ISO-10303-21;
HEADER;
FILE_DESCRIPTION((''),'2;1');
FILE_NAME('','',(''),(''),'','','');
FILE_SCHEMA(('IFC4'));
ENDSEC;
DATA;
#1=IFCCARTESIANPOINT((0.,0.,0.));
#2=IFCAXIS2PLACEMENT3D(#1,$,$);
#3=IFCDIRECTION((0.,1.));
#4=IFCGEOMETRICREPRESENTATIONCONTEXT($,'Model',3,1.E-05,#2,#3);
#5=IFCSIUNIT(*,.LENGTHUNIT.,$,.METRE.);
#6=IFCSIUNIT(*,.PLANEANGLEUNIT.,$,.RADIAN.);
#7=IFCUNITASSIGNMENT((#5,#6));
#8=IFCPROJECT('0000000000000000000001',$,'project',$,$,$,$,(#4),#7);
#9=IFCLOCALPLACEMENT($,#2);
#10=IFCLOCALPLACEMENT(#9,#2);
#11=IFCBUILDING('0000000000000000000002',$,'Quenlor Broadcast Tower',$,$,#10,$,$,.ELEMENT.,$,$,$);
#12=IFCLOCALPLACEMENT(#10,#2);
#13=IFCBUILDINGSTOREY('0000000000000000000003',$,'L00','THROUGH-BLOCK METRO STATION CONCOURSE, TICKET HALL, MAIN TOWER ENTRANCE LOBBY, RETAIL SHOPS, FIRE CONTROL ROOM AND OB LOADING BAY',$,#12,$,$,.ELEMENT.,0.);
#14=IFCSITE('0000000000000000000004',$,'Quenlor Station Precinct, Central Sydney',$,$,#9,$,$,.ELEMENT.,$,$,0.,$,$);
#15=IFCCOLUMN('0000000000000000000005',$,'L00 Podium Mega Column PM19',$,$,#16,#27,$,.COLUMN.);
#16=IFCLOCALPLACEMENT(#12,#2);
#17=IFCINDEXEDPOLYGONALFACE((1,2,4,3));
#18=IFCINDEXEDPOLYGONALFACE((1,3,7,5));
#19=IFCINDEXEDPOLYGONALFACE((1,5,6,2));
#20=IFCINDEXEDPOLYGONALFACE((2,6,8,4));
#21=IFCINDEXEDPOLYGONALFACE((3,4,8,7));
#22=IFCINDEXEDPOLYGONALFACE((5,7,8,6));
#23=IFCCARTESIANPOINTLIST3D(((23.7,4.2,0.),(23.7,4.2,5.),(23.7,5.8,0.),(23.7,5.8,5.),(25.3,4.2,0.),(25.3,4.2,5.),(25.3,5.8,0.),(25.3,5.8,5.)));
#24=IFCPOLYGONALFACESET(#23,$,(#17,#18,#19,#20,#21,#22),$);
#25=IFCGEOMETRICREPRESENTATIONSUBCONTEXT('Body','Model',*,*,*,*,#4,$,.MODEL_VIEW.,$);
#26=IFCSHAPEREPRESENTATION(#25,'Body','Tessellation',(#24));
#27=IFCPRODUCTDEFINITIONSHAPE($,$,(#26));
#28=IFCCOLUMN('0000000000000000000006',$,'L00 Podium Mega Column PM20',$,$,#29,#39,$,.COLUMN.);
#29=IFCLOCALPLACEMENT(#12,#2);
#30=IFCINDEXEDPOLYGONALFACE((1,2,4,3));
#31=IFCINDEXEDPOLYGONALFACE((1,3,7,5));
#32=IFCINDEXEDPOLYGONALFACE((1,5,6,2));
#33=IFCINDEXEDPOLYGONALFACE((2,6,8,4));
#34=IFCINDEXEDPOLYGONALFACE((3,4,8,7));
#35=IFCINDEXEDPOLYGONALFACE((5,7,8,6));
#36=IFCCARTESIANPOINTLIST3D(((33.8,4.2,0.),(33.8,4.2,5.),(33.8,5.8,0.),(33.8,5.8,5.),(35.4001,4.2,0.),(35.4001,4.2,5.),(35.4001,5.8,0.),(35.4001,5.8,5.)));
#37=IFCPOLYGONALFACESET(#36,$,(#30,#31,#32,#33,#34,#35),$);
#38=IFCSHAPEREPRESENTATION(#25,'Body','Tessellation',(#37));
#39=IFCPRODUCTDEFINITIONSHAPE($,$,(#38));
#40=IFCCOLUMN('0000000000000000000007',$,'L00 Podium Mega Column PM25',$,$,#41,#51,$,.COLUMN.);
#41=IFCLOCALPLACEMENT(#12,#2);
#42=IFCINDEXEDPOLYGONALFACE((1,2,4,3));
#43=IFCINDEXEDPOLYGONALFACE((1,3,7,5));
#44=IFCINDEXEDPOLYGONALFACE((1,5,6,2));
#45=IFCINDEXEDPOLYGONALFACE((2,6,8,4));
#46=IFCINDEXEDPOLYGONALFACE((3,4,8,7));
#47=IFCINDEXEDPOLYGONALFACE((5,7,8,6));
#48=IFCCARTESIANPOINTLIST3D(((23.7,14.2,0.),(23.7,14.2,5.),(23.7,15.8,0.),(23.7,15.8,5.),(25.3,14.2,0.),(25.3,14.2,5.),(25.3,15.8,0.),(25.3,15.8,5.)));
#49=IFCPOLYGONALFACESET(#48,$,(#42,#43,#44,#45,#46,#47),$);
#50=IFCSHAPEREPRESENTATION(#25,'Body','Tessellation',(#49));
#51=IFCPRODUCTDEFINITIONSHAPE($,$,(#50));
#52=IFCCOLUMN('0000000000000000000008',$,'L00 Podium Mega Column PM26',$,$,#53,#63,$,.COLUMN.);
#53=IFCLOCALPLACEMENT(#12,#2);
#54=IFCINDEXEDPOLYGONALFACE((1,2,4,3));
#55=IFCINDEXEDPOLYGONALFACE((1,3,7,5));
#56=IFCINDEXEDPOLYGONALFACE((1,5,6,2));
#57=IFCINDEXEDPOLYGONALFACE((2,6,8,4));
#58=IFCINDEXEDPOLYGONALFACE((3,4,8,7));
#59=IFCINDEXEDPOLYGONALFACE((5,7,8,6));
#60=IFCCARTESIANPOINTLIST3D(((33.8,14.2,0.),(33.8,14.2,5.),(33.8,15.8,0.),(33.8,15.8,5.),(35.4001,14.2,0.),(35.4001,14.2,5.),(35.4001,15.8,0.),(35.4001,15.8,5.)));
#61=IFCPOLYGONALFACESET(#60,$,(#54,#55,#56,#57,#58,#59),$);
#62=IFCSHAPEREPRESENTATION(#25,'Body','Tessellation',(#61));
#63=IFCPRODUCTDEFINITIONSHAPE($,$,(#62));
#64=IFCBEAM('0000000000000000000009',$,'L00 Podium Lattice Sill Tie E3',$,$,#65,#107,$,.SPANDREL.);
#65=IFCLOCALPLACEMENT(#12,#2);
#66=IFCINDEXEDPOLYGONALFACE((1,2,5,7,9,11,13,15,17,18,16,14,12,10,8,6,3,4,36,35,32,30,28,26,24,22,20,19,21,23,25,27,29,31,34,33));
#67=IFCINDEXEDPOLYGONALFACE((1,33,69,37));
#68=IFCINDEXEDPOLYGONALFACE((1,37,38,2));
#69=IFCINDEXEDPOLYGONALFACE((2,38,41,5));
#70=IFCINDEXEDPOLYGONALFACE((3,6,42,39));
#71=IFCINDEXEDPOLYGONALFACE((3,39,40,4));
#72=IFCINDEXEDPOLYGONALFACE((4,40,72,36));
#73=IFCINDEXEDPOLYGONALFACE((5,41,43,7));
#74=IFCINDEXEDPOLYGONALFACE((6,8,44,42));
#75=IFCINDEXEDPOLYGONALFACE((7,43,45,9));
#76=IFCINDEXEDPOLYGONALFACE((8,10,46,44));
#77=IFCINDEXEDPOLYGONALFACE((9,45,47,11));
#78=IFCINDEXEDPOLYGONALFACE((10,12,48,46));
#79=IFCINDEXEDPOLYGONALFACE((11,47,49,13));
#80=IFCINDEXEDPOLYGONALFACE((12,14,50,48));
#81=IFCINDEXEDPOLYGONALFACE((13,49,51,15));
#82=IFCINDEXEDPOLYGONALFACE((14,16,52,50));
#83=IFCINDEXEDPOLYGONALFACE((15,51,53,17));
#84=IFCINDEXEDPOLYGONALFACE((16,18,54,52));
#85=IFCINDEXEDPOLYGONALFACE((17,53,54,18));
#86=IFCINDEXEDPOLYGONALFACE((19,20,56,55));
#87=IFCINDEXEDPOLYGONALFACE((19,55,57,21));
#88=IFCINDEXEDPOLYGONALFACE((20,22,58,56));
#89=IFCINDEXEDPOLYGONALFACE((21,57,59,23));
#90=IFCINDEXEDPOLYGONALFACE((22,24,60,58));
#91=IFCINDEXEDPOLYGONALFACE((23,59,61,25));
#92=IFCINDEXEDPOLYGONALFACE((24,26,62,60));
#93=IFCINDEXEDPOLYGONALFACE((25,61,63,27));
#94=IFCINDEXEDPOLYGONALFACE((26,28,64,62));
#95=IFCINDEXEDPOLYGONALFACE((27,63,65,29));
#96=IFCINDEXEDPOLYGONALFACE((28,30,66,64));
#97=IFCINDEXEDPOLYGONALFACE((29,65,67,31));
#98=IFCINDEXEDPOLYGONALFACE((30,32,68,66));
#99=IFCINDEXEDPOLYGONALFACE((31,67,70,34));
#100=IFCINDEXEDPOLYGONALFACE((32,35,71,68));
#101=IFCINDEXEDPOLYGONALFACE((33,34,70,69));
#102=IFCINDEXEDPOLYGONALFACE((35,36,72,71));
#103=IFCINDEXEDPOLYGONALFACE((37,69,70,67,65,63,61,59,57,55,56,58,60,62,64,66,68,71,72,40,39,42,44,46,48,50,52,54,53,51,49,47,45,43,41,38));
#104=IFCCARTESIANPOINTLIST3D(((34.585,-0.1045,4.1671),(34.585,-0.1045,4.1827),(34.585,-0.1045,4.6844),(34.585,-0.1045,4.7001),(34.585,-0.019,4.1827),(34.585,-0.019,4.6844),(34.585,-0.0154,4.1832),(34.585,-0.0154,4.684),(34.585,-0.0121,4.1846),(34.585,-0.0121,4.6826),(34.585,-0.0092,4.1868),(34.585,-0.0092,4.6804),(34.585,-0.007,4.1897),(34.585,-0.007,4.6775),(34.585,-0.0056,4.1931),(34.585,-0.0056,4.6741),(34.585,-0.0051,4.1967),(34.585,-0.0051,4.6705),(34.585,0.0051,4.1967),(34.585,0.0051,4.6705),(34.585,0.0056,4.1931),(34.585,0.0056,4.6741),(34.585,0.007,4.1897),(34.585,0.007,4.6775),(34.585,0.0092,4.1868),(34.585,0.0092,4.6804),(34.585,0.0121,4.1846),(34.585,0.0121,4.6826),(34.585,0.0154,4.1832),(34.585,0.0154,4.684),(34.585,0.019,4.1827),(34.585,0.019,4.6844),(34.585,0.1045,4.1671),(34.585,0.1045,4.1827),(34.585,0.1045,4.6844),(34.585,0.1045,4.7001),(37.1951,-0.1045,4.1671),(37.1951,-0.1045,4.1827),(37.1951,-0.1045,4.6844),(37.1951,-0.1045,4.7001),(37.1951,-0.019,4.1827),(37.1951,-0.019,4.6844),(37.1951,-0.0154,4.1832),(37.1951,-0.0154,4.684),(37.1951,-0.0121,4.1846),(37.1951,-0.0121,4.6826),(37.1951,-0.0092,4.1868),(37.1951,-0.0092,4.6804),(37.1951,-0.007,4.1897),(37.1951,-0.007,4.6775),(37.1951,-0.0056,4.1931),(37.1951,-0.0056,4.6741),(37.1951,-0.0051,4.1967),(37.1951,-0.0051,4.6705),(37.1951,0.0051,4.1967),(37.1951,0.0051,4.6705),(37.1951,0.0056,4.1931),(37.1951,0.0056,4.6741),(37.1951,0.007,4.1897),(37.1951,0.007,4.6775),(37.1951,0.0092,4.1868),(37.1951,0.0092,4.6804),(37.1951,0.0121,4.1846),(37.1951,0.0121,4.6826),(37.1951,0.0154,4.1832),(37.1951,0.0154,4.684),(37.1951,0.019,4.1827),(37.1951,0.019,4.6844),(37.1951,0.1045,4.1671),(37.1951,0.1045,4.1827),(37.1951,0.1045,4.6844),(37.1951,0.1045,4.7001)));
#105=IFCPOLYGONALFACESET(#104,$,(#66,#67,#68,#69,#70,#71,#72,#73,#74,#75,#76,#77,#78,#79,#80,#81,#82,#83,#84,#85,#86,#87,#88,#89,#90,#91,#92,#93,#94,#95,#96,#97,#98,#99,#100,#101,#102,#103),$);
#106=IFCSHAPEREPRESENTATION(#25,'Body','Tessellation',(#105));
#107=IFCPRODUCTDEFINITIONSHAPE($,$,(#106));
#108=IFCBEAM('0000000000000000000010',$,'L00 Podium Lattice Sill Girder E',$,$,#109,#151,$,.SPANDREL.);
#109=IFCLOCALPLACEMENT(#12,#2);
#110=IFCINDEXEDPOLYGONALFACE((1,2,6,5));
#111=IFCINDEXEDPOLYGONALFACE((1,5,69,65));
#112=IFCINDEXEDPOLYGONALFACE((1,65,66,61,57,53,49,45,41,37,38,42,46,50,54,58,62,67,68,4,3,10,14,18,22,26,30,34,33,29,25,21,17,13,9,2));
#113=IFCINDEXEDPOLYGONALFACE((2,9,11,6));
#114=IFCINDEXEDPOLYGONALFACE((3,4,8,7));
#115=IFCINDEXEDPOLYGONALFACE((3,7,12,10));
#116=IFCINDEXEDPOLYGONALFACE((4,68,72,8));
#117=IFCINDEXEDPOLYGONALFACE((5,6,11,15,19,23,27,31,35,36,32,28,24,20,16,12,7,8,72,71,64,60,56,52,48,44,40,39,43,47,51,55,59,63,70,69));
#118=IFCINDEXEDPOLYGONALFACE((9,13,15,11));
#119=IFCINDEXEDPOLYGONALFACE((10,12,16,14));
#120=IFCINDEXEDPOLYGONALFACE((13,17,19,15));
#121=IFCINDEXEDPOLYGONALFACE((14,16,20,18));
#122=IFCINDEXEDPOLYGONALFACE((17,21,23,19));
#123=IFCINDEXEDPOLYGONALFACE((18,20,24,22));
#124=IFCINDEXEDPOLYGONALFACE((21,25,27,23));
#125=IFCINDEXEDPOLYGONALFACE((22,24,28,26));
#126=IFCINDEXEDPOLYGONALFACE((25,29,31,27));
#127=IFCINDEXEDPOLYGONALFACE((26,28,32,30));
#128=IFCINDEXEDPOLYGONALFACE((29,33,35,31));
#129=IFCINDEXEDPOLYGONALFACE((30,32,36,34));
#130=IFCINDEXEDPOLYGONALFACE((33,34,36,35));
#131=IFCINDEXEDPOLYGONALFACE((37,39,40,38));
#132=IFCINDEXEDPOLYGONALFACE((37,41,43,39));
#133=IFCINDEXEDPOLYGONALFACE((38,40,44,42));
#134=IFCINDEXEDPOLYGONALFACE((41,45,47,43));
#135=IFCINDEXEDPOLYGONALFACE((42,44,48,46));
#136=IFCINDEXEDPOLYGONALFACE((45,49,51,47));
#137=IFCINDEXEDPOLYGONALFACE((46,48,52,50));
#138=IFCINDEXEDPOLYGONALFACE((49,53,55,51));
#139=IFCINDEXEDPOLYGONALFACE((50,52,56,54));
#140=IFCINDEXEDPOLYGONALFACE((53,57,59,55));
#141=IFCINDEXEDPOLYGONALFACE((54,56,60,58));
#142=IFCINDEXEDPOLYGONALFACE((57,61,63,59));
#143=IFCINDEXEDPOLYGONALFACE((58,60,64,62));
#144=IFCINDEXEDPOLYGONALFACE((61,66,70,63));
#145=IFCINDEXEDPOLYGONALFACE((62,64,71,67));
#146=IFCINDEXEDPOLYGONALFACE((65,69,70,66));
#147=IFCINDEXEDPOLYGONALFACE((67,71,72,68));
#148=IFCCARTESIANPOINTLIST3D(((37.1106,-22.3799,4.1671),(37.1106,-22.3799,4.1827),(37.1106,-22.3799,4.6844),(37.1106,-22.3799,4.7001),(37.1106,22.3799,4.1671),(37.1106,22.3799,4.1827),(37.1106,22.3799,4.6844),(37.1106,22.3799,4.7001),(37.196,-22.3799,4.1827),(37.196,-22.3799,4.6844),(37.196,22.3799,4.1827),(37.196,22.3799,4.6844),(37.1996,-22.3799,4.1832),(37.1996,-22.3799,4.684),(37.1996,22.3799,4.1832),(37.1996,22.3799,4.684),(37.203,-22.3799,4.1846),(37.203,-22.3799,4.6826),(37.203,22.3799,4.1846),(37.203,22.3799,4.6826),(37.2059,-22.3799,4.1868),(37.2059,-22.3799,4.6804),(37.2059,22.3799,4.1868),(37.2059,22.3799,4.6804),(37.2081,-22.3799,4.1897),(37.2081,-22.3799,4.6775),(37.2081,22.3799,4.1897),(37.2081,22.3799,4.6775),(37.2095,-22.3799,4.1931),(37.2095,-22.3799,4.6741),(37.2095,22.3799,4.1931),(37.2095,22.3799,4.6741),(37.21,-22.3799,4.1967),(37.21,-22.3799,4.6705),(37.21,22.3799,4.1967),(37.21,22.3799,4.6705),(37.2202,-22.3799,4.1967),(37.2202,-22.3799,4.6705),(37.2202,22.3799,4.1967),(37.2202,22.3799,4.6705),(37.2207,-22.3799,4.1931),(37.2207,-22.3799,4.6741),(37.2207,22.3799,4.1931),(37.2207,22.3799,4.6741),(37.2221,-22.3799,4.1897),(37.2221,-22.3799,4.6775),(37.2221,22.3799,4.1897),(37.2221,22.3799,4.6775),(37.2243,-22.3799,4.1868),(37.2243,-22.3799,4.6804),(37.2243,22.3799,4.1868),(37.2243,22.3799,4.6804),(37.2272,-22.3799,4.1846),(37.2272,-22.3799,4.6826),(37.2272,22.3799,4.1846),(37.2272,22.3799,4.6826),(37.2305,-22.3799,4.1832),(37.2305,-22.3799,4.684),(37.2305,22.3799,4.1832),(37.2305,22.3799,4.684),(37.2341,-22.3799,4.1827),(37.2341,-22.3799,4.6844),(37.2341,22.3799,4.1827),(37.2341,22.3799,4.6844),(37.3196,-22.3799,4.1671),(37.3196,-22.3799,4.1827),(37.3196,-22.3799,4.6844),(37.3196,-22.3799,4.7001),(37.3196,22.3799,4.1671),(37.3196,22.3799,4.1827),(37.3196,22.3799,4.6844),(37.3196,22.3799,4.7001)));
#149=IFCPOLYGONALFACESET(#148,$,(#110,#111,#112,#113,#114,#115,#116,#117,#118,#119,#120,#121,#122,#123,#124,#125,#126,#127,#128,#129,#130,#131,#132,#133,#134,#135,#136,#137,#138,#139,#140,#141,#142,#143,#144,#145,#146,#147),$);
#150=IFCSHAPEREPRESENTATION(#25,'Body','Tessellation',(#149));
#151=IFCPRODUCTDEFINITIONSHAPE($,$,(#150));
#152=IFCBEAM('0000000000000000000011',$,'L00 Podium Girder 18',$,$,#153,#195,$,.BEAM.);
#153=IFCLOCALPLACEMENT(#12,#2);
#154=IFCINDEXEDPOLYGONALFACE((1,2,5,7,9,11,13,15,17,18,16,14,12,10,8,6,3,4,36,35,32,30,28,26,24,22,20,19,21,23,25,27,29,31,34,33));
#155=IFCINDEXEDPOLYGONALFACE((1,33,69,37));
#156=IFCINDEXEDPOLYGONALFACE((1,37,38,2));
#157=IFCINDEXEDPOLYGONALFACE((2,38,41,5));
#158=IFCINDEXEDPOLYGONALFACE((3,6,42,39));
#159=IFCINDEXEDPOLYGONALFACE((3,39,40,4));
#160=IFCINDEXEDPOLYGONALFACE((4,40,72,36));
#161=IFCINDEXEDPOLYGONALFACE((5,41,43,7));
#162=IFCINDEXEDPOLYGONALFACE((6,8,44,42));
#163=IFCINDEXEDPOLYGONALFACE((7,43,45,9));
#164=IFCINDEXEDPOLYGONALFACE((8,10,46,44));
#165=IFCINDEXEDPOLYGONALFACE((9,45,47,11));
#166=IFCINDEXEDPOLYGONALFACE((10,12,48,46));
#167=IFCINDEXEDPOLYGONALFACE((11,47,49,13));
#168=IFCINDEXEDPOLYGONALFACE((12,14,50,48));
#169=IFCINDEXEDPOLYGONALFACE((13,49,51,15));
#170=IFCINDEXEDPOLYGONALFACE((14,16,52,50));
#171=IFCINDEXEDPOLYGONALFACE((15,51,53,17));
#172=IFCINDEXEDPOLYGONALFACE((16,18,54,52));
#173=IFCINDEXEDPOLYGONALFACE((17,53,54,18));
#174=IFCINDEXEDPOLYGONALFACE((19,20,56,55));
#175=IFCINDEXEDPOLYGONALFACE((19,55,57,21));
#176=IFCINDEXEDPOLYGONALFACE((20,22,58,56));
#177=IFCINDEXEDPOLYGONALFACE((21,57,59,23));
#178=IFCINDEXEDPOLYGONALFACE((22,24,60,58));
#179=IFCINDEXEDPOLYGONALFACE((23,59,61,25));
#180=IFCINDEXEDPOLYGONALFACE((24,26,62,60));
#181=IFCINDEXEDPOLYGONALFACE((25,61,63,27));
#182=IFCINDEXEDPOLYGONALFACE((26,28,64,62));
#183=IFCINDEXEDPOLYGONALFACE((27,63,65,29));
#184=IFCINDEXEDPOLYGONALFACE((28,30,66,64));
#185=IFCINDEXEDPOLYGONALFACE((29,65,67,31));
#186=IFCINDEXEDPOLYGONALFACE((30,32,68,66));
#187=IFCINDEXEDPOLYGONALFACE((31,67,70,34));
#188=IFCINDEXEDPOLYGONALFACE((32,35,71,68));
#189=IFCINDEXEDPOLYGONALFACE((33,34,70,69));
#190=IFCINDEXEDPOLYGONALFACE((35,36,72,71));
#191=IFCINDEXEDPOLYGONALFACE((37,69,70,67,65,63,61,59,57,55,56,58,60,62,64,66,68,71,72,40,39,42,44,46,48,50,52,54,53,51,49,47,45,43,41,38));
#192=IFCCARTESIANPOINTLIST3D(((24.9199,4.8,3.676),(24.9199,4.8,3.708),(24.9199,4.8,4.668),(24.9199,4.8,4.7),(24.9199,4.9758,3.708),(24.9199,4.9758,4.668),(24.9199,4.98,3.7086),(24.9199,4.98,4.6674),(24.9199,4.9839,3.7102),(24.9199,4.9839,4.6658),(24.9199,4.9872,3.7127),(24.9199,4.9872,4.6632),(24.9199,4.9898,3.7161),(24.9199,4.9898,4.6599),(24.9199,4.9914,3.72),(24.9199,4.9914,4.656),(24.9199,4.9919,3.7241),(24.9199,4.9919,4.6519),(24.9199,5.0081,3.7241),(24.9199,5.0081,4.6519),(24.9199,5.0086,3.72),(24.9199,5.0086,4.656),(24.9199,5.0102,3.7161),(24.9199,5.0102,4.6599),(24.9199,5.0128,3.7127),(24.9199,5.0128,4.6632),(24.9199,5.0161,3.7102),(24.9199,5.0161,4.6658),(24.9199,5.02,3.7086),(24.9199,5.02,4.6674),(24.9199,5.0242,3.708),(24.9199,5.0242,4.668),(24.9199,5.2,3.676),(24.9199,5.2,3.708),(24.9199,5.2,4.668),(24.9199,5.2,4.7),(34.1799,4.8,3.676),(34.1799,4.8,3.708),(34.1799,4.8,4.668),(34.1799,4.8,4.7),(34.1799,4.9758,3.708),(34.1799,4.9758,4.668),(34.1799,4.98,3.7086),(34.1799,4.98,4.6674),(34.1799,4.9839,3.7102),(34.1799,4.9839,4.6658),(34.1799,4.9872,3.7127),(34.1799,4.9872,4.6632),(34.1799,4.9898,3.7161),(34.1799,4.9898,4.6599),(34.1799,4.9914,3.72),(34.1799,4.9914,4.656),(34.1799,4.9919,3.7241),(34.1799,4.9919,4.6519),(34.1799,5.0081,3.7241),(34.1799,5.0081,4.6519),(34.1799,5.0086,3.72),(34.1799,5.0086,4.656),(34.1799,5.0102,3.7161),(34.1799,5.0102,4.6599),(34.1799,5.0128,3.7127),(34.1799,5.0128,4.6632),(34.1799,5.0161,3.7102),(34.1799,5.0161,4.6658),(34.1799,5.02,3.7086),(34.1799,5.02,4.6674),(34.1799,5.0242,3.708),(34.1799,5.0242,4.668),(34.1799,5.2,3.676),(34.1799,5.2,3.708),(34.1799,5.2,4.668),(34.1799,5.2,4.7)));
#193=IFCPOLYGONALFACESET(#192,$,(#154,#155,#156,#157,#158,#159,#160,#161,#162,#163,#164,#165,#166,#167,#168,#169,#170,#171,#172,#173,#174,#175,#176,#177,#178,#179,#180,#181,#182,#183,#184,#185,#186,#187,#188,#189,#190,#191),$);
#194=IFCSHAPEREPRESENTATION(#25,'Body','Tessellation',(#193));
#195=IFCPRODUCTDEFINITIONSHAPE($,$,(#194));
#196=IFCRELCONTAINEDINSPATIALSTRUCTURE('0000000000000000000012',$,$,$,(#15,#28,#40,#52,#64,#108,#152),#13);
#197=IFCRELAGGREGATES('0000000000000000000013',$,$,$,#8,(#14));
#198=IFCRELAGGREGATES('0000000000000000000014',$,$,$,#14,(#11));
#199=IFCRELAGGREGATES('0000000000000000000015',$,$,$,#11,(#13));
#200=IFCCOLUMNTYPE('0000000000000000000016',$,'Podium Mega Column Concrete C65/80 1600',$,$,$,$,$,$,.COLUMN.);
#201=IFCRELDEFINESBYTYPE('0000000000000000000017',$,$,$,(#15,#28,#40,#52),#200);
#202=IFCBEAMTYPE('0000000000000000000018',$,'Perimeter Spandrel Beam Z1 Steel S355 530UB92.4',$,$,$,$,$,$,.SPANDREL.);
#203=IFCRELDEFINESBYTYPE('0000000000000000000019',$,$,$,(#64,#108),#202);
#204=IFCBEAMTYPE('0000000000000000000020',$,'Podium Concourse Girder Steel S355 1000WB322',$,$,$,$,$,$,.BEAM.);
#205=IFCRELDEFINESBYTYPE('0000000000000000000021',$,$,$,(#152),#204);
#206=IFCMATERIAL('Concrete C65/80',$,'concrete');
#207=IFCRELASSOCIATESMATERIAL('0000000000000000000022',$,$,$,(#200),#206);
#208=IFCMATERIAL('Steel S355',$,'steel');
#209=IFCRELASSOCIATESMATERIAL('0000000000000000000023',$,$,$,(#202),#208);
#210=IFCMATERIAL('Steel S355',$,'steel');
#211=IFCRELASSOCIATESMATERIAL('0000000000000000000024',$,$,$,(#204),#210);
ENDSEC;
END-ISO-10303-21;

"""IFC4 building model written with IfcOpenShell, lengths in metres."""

from ifc_helpers import new_model, si_unit, direction, frame, origin, origin_2d, place, context, subcontext, project, spatial, rectangle, i_section, extrude, material, material_profile, profile_set, type_object, element, save


model = new_model("IFC4")

# Units and contexts
model_context = context("Model", 3, precision=1e-05, world=origin(), true_north=direction((0.0, 1.0)))
body_context = subcontext(model_context, "Body", "Model", "MODEL_VIEW")
ifc_project = project(units=[si_unit("LENGTHUNIT", "METRE"), si_unit("PLANEANGLEUNIT", "RADIAN")], contexts=[model_context])

# Site, building, storey
site_placement = place(None, origin())
site = spatial("IfcSite", under=ifc_project, at=site_placement, Name="Quenlor Station Precinct, Central Sydney", CompositionType="ELEMENT", RefElevation=0.0)
building_placement = place(site_placement, origin())
building = spatial("IfcBuilding", under=site, at=building_placement, Name="Quenlor Broadcast Tower", CompositionType="ELEMENT")
storey_placement = place(building_placement, origin())
storey = spatial("IfcBuildingStorey", under=building, at=storey_placement, Name="L00", Description="THROUGH-BLOCK METRO STATION CONCOURSE, TICKET HALL, MAIN TOWER ENTRANCE LOBBY, RETAIL SHOPS, FIRE CONTROL ROOM AND OB LOADING BAY", CompositionType="ELEMENT", Elevation=0.0)

# Columns
ifc_material_1 = material(Name="Concrete C65/80", Category="concrete")
ifc_material_profile_1 = material_profile(ifc_material_1, rectangle(XDim=1.6001, YDim=1.6001, at=origin_2d()))
ifc_profile_set_1 = profile_set([ifc_material_profile_1], Name="Concrete C65/80 RC1600x1600")
column_type = type_object("IfcColumnType", Name="Podium Mega Column Concrete C65/80 1600", PredefinedType="COLUMN", material=ifc_profile_set_1)
for number, where, z_axis, x_axis, name in (
    (1, (24.5, 5.0, 0.0), (0.0, 0.0, 1.0), (1.0, 0.0, 0.0), "L00 Podium Mega Column PM19"),
    (2, (34.6001, 5.0, 0.0), (0.0, 0.0, 1.0), (1.0, 0.0, 0.0), "L00 Podium Mega Column PM20"),
    (3, (24.5, 15.0, 0.0), (0.0, 0.0, 1.0), (1.0, 0.0, 0.0), "L00 Podium Mega Column PM25"),
    (4, (34.6001, 15.0, 0.0), (0.0, 0.0, 1.0), (1.0, 0.0, 0.0), "L00 Podium Mega Column PM26"),
):
    element("IfcColumn", number, at=place(storey_placement, frame(where, z_axis=z_axis, x_axis=x_axis)), inside=storey, type_object=column_type, Name=name, PredefinedType="COLUMN", context=body_context, shape_type="SweptSolid", body=[
        extrude(rectangle(XDim=1.6001, YDim=1.6001, at=origin_2d()), origin(), (0.0, 0.0, 1.0), 5.0),
    ])

# Beams
ifc_material_2 = material(Name="Steel S355", Category="steel")
ifc_material_profile_2 = material_profile(ifc_material_2, i_section(OverallWidth=0.209, OverallDepth=0.533, WebThickness=0.0103, FlangeThickness=0.0156, FilletRadius=0.0139, at=origin_2d()))
ifc_profile_set_2 = profile_set([ifc_material_profile_2], Name="Steel S355 530UB92.4")
beam_type_1 = type_object("IfcBeamType", Name="Perimeter Spandrel Beam Z1 Steel S355 530UB92.4", PredefinedType="SPANDREL", material=ifc_profile_set_2)
beam_1_placement = place(storey_placement, frame((34.585, 0.0, 4.4336), z_axis=(1.0, 0.0, 0.0), x_axis=(0.0, 1.0, 0.0)))
element("IfcBeam", 5, at=beam_1_placement, inside=storey, type_object=beam_type_1, Name="L00 Podium Lattice Sill Tie E3", PredefinedType="SPANDREL", context=body_context, shape_type="SweptSolid", body=[
    extrude(i_section(OverallWidth=0.209, OverallDepth=0.533, WebThickness=0.0103, FlangeThickness=0.0156, FilletRadius=0.0139, at=origin_2d()), origin(), (0.0, 0.0, 1.0), 2.6101),
])
beam_2_placement = place(storey_placement, frame((37.2151, 22.3799, 4.4336), z_axis=(0.0, -1.0, 0.0), x_axis=(1.0, 0.0, 0.0)))
element("IfcBeam", 6, at=beam_2_placement, inside=storey, type_object=beam_type_1, Name="L00 Podium Lattice Sill Girder E", PredefinedType="SPANDREL", context=body_context, shape_type="SweptSolid", body=[
    extrude(i_section(OverallWidth=0.209, OverallDepth=0.533, WebThickness=0.0103, FlangeThickness=0.0156, FilletRadius=0.0139, at=origin_2d()), origin(), (0.0, 0.0, 1.0), 44.7598),
])
ifc_material_3 = material(Name="Steel S355", Category="steel")
ifc_material_profile_3 = material_profile(ifc_material_3, i_section(OverallWidth=0.3999, OverallDepth=1.0239, WebThickness=0.0161, FlangeThickness=0.032, FilletRadius=0.0161, at=origin_2d()))
ifc_profile_set_3 = profile_set([ifc_material_profile_3], Name="Steel S355 1000WB322")
beam_type_2 = type_object("IfcBeamType", Name="Podium Concourse Girder Steel S355 1000WB322", PredefinedType="BEAM", material=ifc_profile_set_3)
beam_3_placement = place(storey_placement, frame((24.9199, 5.0, 4.188), z_axis=(1.0, 0.0, 0.0), x_axis=(0.0, 1.0, 0.0)))
element("IfcBeam", 7, at=beam_3_placement, inside=storey, type_object=beam_type_2, Name="L00 Podium Girder 18", PredefinedType="BEAM", context=body_context, shape_type="SweptSolid", body=[
    extrude(i_section(OverallWidth=0.3999, OverallDepth=1.0239, WebThickness=0.0161, FlangeThickness=0.032, FilletRadius=0.0161, at=origin_2d()), origin(), (0.0, 0.0, 1.0), 9.26),
])

save(model, "model.ifc")
